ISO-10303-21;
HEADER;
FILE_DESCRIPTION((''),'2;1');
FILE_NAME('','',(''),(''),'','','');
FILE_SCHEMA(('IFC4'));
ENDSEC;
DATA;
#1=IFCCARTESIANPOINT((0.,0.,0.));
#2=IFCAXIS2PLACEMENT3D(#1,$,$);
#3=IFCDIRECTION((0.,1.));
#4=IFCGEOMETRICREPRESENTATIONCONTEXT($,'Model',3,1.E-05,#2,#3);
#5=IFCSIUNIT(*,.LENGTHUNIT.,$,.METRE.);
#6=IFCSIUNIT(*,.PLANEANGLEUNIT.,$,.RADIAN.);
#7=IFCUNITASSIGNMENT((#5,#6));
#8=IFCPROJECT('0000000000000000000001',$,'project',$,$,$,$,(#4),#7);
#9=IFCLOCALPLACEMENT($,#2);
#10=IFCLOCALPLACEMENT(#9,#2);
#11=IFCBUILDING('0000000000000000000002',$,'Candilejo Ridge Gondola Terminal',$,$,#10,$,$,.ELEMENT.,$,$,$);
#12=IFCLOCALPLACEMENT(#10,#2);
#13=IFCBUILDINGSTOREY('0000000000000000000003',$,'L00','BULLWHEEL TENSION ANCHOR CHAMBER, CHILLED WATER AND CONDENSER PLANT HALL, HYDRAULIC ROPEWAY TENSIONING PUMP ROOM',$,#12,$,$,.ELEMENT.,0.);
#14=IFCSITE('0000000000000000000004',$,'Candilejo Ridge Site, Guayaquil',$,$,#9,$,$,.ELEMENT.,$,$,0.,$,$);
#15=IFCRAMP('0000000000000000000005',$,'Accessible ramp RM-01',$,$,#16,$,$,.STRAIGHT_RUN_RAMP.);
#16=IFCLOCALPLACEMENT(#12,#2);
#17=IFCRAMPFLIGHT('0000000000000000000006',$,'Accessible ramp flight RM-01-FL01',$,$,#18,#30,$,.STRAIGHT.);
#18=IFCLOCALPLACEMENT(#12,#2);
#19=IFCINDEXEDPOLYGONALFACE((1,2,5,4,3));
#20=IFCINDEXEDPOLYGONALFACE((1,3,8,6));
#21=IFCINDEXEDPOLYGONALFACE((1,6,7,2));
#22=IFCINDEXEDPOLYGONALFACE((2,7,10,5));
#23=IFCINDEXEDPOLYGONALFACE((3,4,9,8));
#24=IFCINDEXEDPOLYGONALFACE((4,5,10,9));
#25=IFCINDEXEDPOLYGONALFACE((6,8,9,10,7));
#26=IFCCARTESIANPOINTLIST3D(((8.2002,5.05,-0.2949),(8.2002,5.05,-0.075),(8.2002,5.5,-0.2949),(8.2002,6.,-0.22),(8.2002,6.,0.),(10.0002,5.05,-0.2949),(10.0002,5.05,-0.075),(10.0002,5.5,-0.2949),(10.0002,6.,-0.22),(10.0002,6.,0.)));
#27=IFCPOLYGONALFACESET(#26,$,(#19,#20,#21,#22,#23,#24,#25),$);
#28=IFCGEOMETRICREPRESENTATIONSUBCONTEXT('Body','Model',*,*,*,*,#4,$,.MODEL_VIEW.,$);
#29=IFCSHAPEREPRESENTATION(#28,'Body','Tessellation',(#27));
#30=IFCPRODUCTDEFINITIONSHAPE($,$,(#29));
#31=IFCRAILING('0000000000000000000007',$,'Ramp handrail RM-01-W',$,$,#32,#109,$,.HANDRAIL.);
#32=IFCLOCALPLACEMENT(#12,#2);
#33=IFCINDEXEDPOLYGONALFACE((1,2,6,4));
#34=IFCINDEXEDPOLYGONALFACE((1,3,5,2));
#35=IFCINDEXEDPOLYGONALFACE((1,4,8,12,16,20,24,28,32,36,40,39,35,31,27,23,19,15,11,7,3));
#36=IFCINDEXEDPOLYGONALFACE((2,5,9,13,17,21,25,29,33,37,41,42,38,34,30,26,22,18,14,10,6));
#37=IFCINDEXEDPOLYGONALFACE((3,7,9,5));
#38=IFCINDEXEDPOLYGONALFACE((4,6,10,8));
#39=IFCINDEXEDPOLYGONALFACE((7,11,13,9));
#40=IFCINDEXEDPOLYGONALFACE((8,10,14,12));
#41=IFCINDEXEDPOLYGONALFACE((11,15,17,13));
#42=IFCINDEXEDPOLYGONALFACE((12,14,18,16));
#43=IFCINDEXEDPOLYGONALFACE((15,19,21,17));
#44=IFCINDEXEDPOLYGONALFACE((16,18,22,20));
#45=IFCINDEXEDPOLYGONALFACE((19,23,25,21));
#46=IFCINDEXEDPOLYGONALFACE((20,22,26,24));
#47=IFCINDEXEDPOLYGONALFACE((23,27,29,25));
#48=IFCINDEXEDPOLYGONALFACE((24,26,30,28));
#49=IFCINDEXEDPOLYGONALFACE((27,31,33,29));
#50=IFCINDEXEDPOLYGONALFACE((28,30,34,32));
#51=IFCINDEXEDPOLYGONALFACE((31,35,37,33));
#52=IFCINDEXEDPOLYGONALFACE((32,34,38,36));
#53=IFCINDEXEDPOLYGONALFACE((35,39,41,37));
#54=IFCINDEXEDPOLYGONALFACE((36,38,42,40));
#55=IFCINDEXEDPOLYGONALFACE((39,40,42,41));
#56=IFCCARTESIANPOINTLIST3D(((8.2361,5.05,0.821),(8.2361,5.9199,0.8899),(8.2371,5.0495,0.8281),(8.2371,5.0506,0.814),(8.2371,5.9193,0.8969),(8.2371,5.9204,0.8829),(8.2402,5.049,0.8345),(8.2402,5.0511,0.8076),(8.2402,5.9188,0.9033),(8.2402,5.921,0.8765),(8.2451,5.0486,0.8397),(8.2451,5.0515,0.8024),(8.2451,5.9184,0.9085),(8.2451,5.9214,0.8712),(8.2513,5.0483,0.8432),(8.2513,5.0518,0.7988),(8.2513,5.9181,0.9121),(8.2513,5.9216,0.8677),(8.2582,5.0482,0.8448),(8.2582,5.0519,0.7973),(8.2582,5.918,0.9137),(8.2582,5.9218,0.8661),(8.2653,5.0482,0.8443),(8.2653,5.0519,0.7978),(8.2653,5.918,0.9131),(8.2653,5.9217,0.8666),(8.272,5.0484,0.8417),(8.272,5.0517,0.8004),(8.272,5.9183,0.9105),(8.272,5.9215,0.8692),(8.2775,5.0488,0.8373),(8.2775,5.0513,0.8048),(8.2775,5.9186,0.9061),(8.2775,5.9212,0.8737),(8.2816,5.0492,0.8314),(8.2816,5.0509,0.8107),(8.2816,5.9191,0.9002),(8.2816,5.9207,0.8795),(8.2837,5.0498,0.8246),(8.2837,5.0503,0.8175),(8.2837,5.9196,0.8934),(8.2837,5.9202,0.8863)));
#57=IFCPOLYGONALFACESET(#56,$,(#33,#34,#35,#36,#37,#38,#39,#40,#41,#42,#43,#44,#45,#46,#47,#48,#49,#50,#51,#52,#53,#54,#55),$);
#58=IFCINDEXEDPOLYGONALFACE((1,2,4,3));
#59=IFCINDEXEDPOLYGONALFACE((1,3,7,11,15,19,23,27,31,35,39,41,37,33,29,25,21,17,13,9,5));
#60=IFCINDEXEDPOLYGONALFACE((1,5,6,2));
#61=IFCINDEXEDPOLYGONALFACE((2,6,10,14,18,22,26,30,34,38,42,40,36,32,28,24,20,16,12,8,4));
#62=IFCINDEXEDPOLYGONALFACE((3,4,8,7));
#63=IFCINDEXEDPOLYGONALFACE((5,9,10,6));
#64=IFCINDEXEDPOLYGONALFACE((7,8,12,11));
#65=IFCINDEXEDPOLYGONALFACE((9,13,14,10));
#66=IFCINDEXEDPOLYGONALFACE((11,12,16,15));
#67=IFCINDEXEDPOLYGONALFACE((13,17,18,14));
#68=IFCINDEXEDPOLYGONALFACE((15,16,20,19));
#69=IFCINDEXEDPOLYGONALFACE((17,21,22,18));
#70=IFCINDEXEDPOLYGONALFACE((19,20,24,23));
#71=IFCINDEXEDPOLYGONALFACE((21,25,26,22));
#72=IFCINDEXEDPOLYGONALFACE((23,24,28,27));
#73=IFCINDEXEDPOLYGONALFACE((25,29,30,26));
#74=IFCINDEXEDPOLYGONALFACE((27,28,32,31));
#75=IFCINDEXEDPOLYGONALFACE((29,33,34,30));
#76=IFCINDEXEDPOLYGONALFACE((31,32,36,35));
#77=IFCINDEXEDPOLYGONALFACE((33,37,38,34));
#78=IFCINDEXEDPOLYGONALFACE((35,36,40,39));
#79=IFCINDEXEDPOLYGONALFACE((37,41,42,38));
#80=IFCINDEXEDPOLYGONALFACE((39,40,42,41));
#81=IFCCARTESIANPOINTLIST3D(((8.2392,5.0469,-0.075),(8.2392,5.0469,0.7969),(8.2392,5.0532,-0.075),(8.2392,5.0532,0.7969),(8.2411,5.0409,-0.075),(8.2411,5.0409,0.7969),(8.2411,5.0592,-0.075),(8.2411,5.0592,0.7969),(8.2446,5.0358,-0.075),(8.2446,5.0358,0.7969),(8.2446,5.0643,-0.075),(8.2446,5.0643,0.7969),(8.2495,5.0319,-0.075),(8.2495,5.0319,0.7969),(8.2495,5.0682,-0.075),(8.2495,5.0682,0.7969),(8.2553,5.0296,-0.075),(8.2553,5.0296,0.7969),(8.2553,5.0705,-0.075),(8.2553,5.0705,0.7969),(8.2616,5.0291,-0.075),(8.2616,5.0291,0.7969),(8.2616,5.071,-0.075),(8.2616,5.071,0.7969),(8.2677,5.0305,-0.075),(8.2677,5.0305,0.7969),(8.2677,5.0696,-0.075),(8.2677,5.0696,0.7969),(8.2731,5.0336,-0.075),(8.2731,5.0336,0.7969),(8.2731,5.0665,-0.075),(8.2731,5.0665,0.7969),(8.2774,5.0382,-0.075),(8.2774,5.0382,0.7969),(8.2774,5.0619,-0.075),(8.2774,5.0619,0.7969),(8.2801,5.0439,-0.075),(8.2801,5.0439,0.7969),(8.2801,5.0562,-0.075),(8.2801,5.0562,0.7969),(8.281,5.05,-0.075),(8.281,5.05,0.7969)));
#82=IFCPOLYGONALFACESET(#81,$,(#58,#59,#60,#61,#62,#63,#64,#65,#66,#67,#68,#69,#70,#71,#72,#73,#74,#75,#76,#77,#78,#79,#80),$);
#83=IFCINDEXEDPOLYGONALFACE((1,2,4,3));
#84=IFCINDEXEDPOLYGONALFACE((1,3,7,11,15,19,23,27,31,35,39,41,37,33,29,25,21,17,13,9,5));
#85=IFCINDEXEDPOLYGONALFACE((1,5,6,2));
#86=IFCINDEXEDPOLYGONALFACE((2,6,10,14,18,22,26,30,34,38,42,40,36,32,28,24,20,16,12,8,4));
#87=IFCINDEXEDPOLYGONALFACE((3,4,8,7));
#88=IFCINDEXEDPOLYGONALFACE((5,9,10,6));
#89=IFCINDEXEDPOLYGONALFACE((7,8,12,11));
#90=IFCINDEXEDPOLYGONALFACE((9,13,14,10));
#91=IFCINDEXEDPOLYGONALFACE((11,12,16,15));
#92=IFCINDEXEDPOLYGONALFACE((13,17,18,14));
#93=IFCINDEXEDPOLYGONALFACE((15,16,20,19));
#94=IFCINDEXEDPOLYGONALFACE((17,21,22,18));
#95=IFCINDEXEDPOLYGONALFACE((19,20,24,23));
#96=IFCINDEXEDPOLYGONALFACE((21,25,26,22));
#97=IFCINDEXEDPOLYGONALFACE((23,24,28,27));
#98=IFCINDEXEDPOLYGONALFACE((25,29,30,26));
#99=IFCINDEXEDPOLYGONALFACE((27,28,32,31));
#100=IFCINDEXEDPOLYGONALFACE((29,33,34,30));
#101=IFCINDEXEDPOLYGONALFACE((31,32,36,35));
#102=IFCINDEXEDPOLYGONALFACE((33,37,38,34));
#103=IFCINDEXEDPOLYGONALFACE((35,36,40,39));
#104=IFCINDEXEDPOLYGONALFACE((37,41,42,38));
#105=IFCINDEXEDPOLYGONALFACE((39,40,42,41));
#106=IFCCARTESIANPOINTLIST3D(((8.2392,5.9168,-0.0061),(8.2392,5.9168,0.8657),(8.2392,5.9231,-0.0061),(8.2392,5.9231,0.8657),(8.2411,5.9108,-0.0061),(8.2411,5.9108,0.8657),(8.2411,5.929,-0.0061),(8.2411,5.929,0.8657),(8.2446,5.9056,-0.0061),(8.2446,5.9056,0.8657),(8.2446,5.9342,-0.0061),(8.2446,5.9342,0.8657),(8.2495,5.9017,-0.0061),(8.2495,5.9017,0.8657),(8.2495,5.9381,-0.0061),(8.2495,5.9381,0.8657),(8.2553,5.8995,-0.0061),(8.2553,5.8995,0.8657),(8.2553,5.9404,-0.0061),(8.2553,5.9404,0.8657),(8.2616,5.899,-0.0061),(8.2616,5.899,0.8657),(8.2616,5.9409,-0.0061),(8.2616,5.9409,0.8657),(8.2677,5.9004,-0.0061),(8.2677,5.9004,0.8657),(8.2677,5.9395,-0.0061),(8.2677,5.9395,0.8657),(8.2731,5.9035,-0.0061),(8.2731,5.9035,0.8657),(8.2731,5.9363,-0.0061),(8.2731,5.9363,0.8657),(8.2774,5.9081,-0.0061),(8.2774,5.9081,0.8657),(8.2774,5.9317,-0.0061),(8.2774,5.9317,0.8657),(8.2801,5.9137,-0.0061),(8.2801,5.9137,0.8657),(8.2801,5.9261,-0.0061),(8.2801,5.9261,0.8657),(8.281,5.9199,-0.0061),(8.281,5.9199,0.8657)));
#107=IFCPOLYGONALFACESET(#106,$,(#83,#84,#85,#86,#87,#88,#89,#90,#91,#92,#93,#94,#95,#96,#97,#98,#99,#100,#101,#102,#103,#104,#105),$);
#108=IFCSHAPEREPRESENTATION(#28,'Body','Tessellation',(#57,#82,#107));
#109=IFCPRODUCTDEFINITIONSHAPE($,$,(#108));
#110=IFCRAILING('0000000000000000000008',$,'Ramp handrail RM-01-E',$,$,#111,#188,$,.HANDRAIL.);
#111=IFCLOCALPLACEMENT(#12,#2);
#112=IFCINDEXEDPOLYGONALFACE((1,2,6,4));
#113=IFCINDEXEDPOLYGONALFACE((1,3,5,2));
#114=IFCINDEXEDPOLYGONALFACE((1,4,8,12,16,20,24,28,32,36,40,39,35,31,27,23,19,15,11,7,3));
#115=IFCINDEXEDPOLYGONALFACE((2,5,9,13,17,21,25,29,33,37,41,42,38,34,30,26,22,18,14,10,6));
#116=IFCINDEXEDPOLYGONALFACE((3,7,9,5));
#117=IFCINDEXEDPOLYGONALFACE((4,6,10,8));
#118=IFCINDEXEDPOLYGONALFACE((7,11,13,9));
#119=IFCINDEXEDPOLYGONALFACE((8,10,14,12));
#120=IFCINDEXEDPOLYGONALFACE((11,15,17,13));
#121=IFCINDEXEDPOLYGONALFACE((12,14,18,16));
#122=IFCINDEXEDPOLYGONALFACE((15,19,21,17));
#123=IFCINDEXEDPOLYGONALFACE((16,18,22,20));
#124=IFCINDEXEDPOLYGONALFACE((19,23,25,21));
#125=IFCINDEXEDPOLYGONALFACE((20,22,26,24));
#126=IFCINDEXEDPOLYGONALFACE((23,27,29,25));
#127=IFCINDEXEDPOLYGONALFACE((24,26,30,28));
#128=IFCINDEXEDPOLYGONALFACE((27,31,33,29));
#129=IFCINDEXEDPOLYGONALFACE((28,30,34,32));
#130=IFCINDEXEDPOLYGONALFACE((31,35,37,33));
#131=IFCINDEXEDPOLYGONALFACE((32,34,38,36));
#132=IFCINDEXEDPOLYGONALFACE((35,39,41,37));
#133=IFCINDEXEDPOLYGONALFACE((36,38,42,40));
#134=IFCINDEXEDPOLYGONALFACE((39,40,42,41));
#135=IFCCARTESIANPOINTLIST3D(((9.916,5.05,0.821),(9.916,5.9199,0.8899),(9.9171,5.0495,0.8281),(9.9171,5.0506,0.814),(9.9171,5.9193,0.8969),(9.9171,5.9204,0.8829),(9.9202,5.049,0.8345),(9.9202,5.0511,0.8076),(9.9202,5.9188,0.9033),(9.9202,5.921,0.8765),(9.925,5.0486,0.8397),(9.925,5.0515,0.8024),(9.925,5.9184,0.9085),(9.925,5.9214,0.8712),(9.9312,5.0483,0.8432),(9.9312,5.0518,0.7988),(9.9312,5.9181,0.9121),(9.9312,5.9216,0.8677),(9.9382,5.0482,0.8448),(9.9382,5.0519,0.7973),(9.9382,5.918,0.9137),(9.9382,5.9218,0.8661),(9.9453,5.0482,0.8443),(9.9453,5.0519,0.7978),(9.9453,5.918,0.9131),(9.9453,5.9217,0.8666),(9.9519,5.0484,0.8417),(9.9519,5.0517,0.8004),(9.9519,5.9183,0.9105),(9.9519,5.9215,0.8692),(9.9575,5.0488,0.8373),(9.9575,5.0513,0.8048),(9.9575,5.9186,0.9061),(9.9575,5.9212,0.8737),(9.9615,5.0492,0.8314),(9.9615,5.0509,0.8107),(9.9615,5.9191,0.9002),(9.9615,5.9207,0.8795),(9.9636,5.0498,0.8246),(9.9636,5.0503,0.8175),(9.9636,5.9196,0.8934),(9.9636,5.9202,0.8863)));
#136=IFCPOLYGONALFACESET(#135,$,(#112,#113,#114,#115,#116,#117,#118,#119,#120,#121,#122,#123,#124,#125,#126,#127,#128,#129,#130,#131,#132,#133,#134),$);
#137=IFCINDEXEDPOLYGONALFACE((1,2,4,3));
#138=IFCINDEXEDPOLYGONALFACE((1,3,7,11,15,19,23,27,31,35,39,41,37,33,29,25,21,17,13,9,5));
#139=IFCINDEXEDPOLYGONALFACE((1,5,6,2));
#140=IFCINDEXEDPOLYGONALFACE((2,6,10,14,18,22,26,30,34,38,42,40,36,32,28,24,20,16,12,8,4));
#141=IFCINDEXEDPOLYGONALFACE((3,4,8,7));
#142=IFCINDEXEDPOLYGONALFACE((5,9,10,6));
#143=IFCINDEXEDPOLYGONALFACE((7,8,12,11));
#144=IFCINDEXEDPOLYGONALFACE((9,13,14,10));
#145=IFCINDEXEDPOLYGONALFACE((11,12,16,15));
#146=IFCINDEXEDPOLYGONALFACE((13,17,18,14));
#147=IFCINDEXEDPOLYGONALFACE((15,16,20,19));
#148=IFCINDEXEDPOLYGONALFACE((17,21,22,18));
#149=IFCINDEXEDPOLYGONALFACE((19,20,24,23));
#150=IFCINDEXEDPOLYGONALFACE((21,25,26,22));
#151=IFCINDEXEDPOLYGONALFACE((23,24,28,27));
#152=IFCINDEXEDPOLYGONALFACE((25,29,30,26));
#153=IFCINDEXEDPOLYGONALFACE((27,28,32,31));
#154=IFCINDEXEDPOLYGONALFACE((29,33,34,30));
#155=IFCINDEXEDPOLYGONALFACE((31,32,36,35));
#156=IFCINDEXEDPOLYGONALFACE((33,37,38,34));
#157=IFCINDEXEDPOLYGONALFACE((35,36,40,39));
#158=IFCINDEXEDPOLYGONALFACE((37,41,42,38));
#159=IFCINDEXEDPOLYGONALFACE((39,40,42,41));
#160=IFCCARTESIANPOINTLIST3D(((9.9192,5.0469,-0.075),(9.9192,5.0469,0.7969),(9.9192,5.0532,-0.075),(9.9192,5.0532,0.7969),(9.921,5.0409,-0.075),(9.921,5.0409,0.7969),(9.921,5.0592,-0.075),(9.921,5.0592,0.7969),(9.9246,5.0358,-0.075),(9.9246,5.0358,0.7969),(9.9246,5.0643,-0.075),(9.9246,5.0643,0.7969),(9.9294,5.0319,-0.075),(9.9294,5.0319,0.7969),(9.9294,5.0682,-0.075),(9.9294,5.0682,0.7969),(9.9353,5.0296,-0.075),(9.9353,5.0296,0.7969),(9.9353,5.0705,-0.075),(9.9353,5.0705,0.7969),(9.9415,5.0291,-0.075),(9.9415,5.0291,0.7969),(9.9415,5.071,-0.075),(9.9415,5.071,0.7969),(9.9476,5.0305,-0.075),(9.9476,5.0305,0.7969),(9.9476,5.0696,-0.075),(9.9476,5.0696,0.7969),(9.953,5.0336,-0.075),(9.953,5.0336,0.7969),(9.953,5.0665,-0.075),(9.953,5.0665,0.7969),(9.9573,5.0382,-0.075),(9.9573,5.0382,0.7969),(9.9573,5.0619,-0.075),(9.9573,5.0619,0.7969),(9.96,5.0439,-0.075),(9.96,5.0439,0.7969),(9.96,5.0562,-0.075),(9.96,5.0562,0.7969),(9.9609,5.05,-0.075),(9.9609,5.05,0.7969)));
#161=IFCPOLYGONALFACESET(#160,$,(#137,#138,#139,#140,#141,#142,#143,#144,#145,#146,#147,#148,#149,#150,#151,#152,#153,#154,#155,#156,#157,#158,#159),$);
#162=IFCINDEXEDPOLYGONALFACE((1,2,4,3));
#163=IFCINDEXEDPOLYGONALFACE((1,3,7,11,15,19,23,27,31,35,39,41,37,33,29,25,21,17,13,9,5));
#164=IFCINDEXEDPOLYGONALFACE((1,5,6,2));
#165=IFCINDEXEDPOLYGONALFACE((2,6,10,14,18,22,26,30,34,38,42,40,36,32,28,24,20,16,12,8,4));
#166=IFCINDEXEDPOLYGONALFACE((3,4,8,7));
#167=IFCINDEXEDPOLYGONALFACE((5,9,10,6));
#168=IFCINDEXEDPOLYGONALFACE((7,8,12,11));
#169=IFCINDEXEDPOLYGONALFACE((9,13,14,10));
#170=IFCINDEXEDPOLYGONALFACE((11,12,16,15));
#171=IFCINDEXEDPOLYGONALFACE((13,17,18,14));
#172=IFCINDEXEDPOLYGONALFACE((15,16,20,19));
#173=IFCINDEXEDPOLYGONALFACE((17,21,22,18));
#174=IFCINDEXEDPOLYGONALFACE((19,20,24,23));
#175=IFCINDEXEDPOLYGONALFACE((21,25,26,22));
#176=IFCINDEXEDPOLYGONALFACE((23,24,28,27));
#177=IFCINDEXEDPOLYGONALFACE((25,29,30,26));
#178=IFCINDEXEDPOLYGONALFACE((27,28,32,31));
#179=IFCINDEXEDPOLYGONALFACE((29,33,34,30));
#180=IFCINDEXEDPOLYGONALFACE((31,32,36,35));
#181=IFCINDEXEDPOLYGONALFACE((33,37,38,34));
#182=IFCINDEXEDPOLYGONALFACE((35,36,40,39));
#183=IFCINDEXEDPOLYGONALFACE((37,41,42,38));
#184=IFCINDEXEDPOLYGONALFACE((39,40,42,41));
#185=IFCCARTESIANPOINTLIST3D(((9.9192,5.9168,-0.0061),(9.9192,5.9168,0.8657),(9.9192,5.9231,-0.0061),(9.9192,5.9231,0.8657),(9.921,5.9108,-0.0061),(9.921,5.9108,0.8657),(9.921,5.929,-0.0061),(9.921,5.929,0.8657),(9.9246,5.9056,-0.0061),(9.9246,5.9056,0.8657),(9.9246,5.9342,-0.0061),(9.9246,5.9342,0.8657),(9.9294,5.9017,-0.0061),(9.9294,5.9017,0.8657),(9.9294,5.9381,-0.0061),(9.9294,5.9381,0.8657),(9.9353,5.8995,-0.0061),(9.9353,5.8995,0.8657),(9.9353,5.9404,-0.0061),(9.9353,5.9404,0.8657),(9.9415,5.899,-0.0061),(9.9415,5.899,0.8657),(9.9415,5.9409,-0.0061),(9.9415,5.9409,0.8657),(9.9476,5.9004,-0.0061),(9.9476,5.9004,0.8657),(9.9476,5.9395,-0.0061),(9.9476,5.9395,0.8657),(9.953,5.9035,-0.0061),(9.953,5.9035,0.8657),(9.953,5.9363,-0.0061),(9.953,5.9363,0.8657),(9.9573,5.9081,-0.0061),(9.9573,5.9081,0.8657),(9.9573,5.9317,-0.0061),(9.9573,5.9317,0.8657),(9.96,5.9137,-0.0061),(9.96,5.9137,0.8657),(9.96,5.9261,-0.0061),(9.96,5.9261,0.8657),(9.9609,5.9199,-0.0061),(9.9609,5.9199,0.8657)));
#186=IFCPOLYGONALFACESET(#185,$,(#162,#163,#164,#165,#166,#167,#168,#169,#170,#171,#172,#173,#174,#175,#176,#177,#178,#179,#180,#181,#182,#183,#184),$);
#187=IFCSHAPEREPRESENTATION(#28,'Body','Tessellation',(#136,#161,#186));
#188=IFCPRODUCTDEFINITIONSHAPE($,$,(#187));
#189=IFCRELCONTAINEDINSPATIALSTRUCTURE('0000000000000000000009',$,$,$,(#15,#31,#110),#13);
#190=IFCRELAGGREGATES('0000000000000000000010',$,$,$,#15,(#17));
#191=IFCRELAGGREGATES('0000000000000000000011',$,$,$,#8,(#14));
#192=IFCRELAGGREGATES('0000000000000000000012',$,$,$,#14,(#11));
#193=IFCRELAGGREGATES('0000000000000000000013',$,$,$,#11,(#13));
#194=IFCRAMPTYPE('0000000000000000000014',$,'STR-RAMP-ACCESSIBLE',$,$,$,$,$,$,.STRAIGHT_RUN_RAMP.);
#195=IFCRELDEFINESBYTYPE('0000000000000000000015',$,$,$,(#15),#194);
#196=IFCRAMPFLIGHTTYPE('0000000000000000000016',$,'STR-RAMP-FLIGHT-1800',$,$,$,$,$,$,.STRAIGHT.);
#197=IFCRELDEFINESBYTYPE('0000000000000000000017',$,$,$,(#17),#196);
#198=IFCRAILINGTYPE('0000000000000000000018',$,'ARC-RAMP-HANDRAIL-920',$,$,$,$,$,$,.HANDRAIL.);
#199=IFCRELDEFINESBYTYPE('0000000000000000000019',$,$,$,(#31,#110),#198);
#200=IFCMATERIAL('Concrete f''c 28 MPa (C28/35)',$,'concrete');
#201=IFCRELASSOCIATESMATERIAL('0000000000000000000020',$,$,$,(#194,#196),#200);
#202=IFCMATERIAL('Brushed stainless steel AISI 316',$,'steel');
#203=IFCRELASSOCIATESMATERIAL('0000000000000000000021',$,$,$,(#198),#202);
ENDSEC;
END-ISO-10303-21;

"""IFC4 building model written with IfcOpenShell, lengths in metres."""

from ifc_helpers import new_model, si_unit, direction, frame, origin, origin_2d, place, context, subcontext, project, spatial, polyline, circle, outline, extrude, material, type_object, element, aggregate, save


model = new_model("IFC4")

# Units and contexts
model_context = context("Model", 3, precision=1e-05, world=origin(), true_north=direction((0.0, 1.0)))
body_context = subcontext(model_context, "Body", "Model", "MODEL_VIEW")
ifc_project = project(units=[si_unit("LENGTHUNIT", "METRE"), si_unit("PLANEANGLEUNIT", "RADIAN")], contexts=[model_context])

# Site, building, storey
site_placement = place(None, origin())
site = spatial("IfcSite", under=ifc_project, at=site_placement, Name="Candilejo Ridge Site, Guayaquil", CompositionType="ELEMENT", RefElevation=0.0)
building_placement = place(site_placement, origin())
building = spatial("IfcBuilding", under=site, at=building_placement, Name="Candilejo Ridge Gondola Terminal", CompositionType="ELEMENT")
storey_placement = place(building_placement, origin())
storey = spatial("IfcBuildingStorey", under=building, at=storey_placement, Name="L00", Description="BULLWHEEL TENSION ANCHOR CHAMBER, CHILLED WATER AND CONDENSER PLANT HALL, HYDRAULIC ROPEWAY TENSIONING PUMP ROOM", CompositionType="ELEMENT", Elevation=0.0)

# Ramp, ramp flight
ifc_material_1 = material(Name="Concrete f'c 28 MPa (C28/35)", Category="concrete")
ramp_type = type_object("IfcRampType", Name="STR-RAMP-ACCESSIBLE", PredefinedType="STRAIGHT_RUN_RAMP", material=ifc_material_1)
ramp_placement = place(storey_placement, origin())
ramp = element("IfcRamp", 1, at=ramp_placement, inside=storey, type_object=ramp_type, Name="Accessible ramp RM-01", PredefinedType="STRAIGHT_RUN_RAMP")
ramp_flight_type = type_object("IfcRampFlightType", Name="STR-RAMP-FLIGHT-1800", PredefinedType="STRAIGHT", material=ifc_material_1)
ramp_flight_placement = place(storey_placement, frame((9.1001, 5.05, -0.075), z_axis=(0.0, 0.0, 1.0), x_axis=(0.0, 1.0, 0.0)))
ramp_flight = element("IfcRampFlight", 2, at=ramp_flight_placement, type_object=ramp_flight_type, Name="Accessible ramp flight RM-01-FL01", PredefinedType="STRAIGHT", context=body_context, shape_type="SweptSolid", body=[
    extrude(outline(polyline([(0.0, -0.22), (0.45, -0.22), (0.95, -0.145), (0.95, 0.075), (0.0, 0.0), (0.0, -0.22)])), frame((0.0, 0.8999, 0.0), z_axis=(0.0, -1.0, 0.0), x_axis=(1.0, 0.0, 0.0)), (0.0, 0.0, 1.0), 1.8),
])
aggregate(ramp, [ramp_flight])

# Railings
ifc_material_2 = material(Name="Brushed stainless steel AISI 316", Category="steel")
railing_type = type_object("IfcRailingType", Name="ARC-RAMP-HANDRAIL-920", PredefinedType="HANDRAIL", material=ifc_material_2)
for number, where, name in (
    (3, (8.26, 5.05, -0.075), "Ramp handrail RM-01-W"),
    (4, (9.9399, 5.05, -0.075), "Ramp handrail RM-01-E"),
):
    element("IfcRailing", number, at=place(storey_placement, frame(where)), inside=storey, type_object=railing_type, Name=name, PredefinedType="HANDRAIL", context=body_context, shape_type="SweptSolid", body=[
        extrude(circle(Radius=0.0239, at=origin_2d()), frame((0.0, 0.0, 0.896), z_axis=(0.0, 0.996883, 0.0789), x_axis=(-1.0, 0.0, 0.0)), (0.0, 0.0, 1.0), 0.8726),
        extrude(circle(Radius=0.021, at=origin_2d()), origin(), (0.0, 0.0, 1.0), 0.8718),
        extrude(circle(Radius=0.021, at=origin_2d()), frame((0.0, 0.8699, 0.0688)), (0.0, 0.0, 1.0), 0.8718),
    ])

save(model, "model.ifc")
